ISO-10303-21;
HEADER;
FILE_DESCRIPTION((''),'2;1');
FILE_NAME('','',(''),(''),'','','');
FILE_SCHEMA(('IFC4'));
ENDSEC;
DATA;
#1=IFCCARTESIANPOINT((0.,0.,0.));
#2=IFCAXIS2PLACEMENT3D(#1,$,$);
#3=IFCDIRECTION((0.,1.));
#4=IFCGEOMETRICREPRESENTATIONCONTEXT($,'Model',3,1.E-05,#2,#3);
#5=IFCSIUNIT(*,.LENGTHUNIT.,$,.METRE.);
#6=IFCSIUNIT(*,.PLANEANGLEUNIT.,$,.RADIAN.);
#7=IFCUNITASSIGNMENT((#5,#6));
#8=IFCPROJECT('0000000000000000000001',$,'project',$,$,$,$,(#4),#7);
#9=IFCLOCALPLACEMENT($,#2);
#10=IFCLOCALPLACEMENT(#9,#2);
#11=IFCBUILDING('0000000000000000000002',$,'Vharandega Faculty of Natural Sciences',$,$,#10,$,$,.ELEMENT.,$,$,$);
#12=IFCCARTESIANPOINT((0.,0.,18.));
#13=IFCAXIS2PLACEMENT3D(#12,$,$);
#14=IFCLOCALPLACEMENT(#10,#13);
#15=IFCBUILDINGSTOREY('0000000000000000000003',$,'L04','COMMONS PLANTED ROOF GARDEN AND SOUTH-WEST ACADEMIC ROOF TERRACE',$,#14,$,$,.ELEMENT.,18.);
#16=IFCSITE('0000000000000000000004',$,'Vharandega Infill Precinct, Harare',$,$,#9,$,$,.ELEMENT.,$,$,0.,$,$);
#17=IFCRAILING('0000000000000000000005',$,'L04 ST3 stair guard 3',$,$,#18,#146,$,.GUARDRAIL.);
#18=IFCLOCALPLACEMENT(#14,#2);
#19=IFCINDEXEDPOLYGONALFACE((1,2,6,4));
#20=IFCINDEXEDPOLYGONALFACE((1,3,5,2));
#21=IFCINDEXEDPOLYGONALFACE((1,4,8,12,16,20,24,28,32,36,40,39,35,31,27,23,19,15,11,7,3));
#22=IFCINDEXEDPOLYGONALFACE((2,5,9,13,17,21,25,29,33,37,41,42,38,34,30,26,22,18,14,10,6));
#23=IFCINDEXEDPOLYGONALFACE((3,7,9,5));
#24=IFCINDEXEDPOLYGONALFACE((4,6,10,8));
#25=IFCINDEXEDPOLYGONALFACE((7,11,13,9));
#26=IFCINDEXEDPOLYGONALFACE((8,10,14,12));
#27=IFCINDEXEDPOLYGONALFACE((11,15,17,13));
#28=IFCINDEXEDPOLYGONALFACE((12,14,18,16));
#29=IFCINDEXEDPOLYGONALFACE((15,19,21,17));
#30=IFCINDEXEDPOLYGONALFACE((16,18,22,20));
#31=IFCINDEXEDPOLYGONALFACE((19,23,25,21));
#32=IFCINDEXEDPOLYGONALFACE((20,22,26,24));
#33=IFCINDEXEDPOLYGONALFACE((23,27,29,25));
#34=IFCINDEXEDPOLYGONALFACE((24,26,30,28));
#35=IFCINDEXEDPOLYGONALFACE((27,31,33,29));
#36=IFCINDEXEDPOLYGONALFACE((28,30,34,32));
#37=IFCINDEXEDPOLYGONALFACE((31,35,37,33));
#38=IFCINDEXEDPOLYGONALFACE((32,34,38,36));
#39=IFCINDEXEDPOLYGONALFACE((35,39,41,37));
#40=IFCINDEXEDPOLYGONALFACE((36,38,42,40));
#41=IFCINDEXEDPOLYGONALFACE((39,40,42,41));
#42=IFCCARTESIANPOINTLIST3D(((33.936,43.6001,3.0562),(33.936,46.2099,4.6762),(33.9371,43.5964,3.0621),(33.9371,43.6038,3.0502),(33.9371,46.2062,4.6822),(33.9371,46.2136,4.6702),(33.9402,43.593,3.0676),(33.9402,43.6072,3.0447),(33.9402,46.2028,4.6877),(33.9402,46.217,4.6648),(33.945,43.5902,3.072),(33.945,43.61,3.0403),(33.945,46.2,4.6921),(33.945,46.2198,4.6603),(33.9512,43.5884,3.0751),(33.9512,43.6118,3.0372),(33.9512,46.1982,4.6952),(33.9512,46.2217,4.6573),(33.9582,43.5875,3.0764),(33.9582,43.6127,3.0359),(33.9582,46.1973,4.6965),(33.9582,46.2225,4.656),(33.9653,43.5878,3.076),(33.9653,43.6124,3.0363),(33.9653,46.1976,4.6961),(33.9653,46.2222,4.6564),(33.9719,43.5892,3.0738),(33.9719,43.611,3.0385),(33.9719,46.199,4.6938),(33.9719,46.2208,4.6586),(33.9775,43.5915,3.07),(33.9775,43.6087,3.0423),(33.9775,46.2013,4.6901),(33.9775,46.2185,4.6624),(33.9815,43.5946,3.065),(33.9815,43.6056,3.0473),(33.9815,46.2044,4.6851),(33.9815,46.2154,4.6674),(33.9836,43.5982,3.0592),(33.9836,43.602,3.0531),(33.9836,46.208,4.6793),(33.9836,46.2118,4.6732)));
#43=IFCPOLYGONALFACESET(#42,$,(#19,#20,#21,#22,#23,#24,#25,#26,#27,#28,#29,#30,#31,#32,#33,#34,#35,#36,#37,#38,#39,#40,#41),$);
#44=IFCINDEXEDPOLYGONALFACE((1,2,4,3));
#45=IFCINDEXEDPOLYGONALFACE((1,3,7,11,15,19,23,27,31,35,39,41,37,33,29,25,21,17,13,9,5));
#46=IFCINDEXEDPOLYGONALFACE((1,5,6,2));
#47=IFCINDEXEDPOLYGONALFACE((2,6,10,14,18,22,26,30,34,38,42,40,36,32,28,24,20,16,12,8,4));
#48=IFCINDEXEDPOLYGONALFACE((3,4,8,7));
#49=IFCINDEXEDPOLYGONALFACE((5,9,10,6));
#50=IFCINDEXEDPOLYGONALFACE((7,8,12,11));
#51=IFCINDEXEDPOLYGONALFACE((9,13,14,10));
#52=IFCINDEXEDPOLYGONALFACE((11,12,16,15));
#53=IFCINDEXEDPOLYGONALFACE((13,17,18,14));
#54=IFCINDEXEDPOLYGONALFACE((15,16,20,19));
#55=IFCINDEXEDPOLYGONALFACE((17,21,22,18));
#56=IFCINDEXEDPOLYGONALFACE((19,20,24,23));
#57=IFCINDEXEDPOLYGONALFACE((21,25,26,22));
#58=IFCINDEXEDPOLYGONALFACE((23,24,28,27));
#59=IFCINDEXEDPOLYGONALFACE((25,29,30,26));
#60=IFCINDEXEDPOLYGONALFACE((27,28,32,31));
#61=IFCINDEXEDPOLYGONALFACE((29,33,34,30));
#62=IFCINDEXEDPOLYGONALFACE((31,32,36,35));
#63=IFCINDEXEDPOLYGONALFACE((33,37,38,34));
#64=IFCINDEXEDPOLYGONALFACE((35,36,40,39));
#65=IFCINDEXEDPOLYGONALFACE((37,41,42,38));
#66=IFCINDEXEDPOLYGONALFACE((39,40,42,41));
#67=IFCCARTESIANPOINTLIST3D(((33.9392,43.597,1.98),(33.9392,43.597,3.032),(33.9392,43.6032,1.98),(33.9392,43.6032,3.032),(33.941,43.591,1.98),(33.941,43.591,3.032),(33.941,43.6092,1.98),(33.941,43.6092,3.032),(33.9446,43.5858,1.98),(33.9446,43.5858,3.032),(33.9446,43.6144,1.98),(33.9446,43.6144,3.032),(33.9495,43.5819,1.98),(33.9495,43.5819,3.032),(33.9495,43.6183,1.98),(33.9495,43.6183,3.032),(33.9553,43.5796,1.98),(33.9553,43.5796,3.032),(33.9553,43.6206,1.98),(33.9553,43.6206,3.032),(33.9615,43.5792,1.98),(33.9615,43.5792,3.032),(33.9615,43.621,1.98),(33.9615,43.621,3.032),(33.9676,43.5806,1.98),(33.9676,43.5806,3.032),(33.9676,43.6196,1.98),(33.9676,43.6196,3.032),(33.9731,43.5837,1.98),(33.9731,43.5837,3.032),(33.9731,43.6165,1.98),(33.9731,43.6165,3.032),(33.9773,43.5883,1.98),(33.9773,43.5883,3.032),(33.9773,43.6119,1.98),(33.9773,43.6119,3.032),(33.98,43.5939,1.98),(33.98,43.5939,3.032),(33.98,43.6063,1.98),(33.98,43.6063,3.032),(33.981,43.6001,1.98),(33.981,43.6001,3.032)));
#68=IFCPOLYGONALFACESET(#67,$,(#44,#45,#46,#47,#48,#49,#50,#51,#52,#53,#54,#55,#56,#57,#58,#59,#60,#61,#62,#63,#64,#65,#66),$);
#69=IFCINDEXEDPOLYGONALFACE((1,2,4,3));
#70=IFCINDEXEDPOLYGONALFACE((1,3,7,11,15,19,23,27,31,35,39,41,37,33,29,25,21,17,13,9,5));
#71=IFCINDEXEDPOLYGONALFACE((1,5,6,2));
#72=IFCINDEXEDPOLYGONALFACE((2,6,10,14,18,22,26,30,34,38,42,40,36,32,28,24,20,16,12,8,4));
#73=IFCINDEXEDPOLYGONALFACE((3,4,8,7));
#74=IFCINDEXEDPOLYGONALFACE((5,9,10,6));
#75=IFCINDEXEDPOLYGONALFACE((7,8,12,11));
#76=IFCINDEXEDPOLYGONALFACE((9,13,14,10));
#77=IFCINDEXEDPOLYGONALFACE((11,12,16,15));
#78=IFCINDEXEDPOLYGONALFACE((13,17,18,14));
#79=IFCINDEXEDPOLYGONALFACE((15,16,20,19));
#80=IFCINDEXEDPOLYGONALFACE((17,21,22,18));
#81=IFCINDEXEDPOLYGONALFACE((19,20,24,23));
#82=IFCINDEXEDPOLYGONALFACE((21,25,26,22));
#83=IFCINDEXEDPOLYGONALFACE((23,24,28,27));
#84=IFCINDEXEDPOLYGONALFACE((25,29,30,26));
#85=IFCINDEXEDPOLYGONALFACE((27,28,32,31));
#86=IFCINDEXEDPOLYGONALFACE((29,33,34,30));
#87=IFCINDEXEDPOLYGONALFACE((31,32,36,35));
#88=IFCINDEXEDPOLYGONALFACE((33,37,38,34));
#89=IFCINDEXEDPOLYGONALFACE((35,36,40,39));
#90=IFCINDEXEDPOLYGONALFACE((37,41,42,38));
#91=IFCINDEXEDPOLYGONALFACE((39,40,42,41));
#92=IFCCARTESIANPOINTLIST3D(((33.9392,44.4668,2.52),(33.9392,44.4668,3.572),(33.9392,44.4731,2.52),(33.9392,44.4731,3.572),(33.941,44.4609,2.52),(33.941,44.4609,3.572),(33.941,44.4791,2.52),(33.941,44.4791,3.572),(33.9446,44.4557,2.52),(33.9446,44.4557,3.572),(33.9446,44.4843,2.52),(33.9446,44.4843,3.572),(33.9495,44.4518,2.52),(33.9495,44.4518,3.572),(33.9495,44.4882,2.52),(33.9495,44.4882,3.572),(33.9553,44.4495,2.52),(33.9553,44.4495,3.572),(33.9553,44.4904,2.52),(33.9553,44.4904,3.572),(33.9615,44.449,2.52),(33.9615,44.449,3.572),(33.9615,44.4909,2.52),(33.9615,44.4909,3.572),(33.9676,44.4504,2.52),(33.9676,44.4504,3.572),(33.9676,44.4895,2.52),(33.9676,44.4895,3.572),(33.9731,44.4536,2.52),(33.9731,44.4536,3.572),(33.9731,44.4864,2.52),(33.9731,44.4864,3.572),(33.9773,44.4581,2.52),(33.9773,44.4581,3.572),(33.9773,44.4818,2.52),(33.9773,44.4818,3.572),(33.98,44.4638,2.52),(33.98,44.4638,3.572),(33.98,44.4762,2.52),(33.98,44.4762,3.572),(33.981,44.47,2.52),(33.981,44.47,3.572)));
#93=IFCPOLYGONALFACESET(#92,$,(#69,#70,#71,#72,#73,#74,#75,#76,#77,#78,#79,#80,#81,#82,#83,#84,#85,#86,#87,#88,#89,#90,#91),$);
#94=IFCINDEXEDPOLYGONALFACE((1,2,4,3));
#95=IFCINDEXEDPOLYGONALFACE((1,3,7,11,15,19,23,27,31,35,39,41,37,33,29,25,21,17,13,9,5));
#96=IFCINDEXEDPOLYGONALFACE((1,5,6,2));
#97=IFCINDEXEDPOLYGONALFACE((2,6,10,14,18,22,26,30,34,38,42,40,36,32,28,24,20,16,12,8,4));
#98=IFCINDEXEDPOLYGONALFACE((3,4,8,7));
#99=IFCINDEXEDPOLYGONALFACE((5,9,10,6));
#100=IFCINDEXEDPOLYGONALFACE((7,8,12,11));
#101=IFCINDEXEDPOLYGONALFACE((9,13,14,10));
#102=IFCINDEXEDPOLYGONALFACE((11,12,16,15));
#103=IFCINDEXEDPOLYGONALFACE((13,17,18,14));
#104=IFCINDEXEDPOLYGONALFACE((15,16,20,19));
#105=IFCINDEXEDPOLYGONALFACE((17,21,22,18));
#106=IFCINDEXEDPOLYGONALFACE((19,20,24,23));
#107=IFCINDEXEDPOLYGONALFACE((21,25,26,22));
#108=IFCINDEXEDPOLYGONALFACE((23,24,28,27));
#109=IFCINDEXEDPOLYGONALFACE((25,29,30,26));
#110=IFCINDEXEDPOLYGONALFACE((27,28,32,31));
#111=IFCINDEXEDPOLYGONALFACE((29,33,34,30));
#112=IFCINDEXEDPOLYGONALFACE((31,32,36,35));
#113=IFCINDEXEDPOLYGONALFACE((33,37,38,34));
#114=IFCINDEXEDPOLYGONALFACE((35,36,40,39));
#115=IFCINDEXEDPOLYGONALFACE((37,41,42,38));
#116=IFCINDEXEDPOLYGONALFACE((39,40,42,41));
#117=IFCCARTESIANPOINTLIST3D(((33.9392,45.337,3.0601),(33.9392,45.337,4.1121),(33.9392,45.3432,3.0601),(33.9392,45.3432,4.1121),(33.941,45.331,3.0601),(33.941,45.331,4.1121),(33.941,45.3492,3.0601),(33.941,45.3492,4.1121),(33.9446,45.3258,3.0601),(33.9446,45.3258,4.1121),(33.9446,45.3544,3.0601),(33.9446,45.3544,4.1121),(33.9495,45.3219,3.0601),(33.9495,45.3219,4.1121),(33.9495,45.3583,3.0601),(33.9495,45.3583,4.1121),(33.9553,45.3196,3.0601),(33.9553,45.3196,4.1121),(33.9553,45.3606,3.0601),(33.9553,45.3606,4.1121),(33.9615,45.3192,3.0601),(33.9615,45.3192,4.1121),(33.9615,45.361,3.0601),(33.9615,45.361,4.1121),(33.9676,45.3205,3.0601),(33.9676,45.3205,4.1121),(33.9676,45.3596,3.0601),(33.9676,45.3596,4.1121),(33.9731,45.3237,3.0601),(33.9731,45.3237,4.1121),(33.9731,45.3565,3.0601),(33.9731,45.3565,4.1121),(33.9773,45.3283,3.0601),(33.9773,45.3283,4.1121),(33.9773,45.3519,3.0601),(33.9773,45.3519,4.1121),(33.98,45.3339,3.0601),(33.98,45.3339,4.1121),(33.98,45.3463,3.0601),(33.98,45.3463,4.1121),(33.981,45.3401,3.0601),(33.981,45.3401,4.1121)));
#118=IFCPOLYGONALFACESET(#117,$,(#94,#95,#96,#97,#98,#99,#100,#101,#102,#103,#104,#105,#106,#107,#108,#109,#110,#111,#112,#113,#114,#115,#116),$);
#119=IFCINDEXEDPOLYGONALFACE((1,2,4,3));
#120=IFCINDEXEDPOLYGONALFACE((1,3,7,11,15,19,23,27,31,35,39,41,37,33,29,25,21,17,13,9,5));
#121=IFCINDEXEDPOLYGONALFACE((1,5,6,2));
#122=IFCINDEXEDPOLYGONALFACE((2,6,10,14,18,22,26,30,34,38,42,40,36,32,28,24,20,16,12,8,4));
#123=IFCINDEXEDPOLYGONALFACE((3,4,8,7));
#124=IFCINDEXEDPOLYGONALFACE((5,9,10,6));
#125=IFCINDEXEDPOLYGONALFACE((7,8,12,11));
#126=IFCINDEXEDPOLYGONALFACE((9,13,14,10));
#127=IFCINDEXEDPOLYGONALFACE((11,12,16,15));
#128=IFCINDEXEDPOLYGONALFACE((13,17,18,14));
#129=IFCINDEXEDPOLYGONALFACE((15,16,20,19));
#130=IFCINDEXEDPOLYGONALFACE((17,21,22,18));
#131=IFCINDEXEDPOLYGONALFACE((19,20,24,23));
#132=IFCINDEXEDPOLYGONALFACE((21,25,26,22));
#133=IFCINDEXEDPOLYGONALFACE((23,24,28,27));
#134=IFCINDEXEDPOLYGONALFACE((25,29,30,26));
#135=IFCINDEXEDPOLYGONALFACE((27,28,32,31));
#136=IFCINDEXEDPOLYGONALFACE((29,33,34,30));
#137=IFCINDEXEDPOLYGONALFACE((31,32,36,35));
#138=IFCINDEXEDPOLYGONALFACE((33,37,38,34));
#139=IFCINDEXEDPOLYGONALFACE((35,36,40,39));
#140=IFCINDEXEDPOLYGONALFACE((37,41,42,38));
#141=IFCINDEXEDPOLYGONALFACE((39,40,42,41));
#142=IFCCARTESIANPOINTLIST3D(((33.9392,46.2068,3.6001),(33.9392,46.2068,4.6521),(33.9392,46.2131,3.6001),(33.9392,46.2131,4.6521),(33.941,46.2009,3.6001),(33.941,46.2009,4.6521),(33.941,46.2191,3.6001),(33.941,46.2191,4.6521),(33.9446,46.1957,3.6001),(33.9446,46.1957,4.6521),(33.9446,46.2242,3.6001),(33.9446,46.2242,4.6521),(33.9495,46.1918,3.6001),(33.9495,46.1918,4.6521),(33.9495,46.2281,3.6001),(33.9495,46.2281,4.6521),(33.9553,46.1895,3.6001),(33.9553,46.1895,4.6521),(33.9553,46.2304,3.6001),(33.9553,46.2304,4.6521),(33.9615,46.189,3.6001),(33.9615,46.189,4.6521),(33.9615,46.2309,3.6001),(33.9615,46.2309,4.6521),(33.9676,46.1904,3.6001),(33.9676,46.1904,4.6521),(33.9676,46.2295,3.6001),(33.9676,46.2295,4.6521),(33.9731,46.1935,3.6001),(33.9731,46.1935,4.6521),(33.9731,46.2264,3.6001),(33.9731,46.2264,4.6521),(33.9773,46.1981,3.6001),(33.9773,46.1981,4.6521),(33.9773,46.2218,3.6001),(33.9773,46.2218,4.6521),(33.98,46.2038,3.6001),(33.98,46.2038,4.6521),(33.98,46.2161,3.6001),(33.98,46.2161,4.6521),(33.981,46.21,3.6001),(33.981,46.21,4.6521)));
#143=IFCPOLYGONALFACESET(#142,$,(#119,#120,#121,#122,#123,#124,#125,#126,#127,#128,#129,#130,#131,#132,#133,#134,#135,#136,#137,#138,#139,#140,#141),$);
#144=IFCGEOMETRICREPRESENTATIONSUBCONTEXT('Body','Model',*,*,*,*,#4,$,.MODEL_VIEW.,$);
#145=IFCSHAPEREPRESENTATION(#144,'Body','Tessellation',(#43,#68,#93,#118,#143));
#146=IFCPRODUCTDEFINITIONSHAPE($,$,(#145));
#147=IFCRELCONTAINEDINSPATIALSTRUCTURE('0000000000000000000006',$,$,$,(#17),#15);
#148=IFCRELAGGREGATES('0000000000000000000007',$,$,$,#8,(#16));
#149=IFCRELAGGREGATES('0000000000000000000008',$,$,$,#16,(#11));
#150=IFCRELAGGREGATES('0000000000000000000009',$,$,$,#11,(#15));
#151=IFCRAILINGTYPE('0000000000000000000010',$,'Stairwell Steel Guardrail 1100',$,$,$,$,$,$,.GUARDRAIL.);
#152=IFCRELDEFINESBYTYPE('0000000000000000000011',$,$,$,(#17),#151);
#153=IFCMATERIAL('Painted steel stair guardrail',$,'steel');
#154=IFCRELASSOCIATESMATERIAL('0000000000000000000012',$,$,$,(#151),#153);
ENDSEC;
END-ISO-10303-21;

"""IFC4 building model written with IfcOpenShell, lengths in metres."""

from ifc_helpers import new_model, si_unit, direction, frame, origin, origin_2d, place, context, subcontext, project, spatial, circle, extrude, material, type_object, element, save


model = new_model("IFC4")

# Units and contexts
model_context = context("Model", 3, precision=1e-05, world=origin(), true_north=direction((0.0, 1.0)))
body_context = subcontext(model_context, "Body", "Model", "MODEL_VIEW")
ifc_project = project(units=[si_unit("LENGTHUNIT", "METRE"), si_unit("PLANEANGLEUNIT", "RADIAN")], contexts=[model_context])

# Site, building, storey
site_placement = place(None, origin())
site = spatial("IfcSite", under=ifc_project, at=site_placement, Name="Vharandega Infill Precinct, Harare", CompositionType="ELEMENT", RefElevation=0.0)
building_placement = place(site_placement, origin())
building = spatial("IfcBuilding", under=site, at=building_placement, Name="Vharandega Faculty of Natural Sciences", CompositionType="ELEMENT")
storey_placement = place(building_placement, frame((0.0, 0.0, 18.0)))
storey = spatial("IfcBuildingStorey", under=building, at=storey_placement, Name="L04", Description="COMMONS PLANTED ROOF GARDEN AND SOUTH-WEST ACADEMIC ROOF TERRACE", CompositionType="ELEMENT", Elevation=18.0)

# Railing
ifc_material_1 = material(Name="Painted steel stair guardrail", Category="steel")
railing_type_1 = type_object("IfcRailingType", Name="Stairwell Steel Guardrail 1100", PredefinedType="GUARDRAIL", material=ifc_material_1)
railing_1_placement = place(storey_placement, frame((33.96, 43.6001, 1.98)))
element("IfcRailing", 1, at=railing_1_placement, inside=storey, type_object=railing_type_1, Name="L04 ST3 stair guard 3", PredefinedType="GUARDRAIL", context=body_context, shape_type="SweptSolid", body=[
    extrude(circle(Radius=0.0239, at=origin_2d()), frame((0.0, 0.0, 1.0762), z_axis=(0.0, 0.849611, 0.52741), x_axis=(-1.0, 0.0, 0.0)), (0.0, 0.0, 1.0), 3.0718),
    extrude(circle(Radius=0.021, at=origin_2d()), origin(), (0.0, 0.0, 1.0), 1.052),
    extrude(circle(Radius=0.021, at=origin_2d()), frame((0.0, 0.8699, 0.54)), (0.0, 0.0, 1.0), 1.052),
    extrude(circle(Radius=0.021, at=origin_2d()), frame((0.0, 1.74, 1.0801)), (0.0, 0.0, 1.0), 1.052),
    extrude(circle(Radius=0.021, at=origin_2d()), frame((0.0, 2.6099, 1.6201)), (0.0, 0.0, 1.0), 1.052),
])

save(model, "model.ifc")
